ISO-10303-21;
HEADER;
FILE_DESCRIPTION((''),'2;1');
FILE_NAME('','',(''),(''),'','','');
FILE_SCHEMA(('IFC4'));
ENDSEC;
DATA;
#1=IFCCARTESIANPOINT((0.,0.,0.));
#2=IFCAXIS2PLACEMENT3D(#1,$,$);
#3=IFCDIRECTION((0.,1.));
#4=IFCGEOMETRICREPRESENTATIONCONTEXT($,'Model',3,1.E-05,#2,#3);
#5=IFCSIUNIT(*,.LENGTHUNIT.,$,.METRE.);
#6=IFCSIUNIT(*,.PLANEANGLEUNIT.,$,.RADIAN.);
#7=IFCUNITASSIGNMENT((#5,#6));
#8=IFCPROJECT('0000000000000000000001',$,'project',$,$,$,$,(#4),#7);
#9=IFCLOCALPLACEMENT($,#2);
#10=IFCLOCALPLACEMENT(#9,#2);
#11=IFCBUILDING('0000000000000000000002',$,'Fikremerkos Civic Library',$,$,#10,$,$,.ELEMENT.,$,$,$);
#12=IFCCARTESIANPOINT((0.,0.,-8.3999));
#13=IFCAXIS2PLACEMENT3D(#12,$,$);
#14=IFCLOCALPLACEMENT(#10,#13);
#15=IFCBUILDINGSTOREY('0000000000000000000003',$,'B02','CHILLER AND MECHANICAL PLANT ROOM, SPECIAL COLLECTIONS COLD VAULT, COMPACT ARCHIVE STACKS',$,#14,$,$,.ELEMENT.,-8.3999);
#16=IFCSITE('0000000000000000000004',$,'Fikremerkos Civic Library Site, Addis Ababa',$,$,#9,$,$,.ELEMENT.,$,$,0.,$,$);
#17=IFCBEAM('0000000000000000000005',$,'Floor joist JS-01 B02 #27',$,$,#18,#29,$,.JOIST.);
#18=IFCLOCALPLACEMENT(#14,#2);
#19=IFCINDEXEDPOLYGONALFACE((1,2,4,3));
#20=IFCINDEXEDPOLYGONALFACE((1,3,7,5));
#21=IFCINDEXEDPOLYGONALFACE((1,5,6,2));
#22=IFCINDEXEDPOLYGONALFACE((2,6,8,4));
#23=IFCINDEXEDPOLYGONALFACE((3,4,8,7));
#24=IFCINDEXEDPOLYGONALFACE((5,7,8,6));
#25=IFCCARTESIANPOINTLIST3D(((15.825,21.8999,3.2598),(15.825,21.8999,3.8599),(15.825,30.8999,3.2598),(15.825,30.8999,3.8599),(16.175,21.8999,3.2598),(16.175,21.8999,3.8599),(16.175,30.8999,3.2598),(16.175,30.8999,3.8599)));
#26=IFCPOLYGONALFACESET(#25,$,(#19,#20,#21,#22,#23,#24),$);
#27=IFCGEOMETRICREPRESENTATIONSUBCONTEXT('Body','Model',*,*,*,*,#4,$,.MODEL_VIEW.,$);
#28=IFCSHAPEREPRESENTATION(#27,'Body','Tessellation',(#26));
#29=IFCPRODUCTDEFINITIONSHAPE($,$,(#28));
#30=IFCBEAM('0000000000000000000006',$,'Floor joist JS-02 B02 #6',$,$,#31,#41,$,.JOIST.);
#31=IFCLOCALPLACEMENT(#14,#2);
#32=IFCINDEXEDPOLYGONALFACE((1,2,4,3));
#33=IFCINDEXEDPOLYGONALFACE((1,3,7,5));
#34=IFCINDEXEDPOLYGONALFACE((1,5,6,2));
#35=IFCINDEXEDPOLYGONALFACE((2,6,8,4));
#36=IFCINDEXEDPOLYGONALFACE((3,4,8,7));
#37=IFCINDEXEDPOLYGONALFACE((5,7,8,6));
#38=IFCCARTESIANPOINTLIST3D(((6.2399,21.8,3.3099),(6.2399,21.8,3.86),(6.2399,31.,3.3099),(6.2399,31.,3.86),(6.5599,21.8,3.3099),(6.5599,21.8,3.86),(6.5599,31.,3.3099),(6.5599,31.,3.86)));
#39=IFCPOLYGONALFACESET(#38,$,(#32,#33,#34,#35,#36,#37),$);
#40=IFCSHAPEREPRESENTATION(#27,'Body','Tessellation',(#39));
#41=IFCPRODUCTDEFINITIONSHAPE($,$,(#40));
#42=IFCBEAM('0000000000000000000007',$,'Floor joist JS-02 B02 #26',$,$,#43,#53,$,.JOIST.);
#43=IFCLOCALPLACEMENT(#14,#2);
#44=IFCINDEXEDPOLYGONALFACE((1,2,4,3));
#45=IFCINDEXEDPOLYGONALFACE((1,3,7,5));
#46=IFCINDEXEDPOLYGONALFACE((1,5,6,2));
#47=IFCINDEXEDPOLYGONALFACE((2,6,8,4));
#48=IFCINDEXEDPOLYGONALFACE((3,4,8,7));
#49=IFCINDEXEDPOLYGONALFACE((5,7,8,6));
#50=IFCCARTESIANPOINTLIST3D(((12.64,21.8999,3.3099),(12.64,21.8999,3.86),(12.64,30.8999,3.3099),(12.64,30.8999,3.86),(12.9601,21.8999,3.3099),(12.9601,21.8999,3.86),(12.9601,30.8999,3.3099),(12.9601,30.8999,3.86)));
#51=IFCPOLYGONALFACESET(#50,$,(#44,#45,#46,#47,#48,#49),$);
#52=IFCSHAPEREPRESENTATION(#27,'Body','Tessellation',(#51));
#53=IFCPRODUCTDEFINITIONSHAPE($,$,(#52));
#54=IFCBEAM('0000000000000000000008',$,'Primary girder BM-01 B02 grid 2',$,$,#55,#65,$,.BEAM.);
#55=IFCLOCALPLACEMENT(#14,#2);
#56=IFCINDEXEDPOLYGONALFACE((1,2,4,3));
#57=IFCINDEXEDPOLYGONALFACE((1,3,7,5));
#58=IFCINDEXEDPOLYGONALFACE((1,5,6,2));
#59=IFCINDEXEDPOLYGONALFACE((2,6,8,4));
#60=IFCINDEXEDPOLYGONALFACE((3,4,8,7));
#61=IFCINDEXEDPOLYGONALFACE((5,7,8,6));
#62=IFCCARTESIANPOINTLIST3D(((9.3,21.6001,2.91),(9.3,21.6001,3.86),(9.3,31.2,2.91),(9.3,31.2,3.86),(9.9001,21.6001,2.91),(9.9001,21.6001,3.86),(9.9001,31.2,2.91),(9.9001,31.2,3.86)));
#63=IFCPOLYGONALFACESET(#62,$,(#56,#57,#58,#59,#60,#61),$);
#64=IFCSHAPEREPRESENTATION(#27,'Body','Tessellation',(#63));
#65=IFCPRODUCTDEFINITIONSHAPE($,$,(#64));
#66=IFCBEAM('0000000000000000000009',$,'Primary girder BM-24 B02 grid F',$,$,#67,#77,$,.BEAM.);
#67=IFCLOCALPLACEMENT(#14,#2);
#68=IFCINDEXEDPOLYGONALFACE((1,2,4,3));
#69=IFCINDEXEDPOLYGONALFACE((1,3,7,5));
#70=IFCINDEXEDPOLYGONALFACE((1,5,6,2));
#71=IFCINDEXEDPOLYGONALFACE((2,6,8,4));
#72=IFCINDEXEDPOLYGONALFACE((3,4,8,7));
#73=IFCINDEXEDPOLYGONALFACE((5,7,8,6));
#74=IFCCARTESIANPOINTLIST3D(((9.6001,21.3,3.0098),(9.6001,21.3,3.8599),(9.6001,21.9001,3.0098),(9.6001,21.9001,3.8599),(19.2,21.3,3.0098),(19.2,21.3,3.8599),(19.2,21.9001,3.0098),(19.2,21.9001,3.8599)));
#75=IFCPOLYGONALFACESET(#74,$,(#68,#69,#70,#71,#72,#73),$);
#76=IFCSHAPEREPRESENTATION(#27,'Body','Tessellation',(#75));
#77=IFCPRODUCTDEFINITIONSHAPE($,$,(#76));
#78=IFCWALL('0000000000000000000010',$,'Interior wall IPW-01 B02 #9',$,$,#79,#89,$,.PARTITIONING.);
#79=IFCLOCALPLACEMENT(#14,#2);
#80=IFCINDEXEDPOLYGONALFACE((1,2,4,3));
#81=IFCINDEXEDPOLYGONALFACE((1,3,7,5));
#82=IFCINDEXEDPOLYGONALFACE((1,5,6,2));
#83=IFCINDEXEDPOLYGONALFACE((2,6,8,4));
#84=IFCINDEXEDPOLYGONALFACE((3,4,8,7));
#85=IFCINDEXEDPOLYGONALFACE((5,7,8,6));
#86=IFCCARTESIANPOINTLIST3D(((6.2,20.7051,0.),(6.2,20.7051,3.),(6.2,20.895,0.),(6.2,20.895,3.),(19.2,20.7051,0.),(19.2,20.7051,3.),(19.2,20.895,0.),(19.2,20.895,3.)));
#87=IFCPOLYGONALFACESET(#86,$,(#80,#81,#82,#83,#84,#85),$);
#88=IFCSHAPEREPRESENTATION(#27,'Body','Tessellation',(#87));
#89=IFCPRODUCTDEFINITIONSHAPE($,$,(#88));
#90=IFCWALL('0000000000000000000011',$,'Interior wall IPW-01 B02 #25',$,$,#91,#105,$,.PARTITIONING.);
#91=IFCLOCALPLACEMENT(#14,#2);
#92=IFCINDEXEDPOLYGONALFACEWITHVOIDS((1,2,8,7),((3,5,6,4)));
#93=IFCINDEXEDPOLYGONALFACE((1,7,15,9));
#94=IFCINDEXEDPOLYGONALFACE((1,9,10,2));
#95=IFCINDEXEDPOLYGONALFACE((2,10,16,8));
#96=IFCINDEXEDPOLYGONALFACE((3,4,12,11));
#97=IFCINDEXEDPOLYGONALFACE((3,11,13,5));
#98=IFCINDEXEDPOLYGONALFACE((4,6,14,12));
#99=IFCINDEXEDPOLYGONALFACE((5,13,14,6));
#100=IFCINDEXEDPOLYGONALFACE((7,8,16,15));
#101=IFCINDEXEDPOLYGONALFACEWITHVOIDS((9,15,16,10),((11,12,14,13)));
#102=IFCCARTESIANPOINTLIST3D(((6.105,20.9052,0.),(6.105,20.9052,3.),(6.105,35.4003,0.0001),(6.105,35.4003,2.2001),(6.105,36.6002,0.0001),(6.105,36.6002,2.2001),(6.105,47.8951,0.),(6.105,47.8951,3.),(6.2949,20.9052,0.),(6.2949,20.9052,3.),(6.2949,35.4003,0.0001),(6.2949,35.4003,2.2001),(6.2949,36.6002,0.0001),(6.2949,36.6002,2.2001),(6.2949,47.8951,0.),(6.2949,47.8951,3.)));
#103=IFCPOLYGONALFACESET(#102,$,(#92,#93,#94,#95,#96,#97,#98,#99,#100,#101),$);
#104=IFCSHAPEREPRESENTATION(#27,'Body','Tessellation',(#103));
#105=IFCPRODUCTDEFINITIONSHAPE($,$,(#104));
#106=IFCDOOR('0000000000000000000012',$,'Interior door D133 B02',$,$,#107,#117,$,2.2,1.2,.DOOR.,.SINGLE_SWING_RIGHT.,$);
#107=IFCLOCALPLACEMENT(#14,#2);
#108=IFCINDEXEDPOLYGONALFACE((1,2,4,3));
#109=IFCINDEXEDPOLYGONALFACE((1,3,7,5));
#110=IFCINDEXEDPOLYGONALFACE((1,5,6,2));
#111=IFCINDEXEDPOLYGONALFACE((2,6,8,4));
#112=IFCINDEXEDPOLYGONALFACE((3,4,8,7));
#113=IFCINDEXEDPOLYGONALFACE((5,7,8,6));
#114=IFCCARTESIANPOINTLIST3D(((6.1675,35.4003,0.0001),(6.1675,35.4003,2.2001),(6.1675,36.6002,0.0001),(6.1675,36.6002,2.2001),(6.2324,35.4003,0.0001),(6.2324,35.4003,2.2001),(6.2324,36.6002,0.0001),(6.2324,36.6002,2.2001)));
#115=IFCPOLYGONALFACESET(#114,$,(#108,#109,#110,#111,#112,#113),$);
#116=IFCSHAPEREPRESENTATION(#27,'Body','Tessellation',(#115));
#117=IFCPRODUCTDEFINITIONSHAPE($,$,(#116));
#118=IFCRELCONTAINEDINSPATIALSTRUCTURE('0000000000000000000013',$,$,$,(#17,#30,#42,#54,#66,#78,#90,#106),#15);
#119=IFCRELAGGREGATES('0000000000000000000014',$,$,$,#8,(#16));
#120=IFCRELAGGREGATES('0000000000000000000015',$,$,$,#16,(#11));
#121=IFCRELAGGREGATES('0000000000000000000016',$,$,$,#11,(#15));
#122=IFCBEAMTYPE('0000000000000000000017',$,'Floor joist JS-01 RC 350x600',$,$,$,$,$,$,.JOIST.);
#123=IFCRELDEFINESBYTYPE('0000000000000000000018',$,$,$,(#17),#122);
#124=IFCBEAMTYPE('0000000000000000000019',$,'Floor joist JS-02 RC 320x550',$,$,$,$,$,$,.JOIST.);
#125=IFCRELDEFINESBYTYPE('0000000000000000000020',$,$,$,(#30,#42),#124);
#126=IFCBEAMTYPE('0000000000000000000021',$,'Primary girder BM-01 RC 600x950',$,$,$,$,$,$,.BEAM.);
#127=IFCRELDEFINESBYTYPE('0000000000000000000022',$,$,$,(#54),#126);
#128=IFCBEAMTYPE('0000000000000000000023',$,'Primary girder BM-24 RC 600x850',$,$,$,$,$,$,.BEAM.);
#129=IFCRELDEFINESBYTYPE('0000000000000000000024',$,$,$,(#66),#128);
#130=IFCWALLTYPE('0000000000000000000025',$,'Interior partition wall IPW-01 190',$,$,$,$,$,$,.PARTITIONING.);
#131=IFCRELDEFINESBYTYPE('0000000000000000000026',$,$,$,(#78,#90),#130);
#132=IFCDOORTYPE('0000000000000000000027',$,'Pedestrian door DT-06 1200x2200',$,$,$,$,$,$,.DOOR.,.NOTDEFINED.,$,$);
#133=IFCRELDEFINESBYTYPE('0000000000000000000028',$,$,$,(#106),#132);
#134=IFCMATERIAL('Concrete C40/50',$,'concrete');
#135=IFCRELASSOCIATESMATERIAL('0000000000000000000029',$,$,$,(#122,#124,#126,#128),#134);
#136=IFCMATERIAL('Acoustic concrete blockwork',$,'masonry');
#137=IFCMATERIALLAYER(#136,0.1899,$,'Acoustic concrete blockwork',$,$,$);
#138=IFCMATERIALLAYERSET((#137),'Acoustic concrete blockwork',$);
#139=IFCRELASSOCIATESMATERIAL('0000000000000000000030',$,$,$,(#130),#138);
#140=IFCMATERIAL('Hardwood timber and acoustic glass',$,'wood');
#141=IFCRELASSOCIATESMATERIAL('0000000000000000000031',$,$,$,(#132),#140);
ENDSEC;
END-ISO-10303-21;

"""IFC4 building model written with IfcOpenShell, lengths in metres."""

from ifc_helpers import new_model, si_unit, direction, frame, frame_2d, origin, origin_2d, place, context, subcontext, project, spatial, rectangle, extrude, material, layer, layer_set, material_profile, profile_set, type_object, element, fill, save


model = new_model("IFC4")

# Units and contexts
model_context = context("Model", 3, precision=1e-05, world=origin(), true_north=direction((0.0, 1.0)))
body_context = subcontext(model_context, "Body", "Model", "MODEL_VIEW")
ifc_project = project(units=[si_unit("LENGTHUNIT", "METRE"), si_unit("PLANEANGLEUNIT", "RADIAN")], contexts=[model_context])

# Site, building, storey
site_placement = place(None, origin())
site = spatial("IfcSite", under=ifc_project, at=site_placement, Name="Fikremerkos Civic Library Site, Addis Ababa", CompositionType="ELEMENT", RefElevation=0.0)
building_placement = place(site_placement, origin())
building = spatial("IfcBuilding", under=site, at=building_placement, Name="Fikremerkos Civic Library", CompositionType="ELEMENT")
storey_placement = place(building_placement, frame((0.0, 0.0, -8.3999)))
storey = spatial("IfcBuildingStorey", under=building, at=storey_placement, Name="B02", Description="CHILLER AND MECHANICAL PLANT ROOM, SPECIAL COLLECTIONS COLD VAULT, COMPACT ARCHIVE STACKS", CompositionType="ELEMENT", Elevation=-8.3999)

# Shared definitions
ifc_material_1 = material(Name="Concrete C40/50", Category="concrete")

# Beams
ifc_material_profile_1 = material_profile(ifc_material_1, rectangle(XDim=0.3501, YDim=0.6001, at=origin_2d()), Name="RC 350x600")
ifc_profile_set_1 = profile_set([ifc_material_profile_1], Name="Concrete C40/50")
beam_type_1 = type_object("IfcBeamType", Name="Floor joist JS-01 RC 350x600", PredefinedType="JOIST", material=ifc_profile_set_1)
beam_1_placement = place(storey_placement, frame((16.0, 21.8999, 3.5598), z_axis=(0.0, 1.0, 0.0), x_axis=(-1.0, 0.0, 0.0)))
element("IfcBeam", 1, at=beam_1_placement, inside=storey, type_object=beam_type_1, Name="Floor joist JS-01 B02 #27", PredefinedType="JOIST", context=body_context, shape_type="SweptSolid", body=[
    extrude(rectangle(XDim=0.3501, YDim=0.6001, at=origin_2d()), origin(), (0.0, 0.0, 1.0), 9.0),
])
ifc_material_profile_2 = material_profile(ifc_material_1, rectangle(XDim=0.3201, YDim=0.55, at=origin_2d()), Name="RC 320x550")
ifc_profile_set_2 = profile_set([ifc_material_profile_2], Name="Concrete C40/50")
beam_type_2 = type_object("IfcBeamType", Name="Floor joist JS-02 RC 320x550", PredefinedType="JOIST", material=ifc_profile_set_2)
beam_2_placement = place(storey_placement, frame((6.3999, 21.8, 3.585), z_axis=(0.0, 1.0, 0.0), x_axis=(-1.0, 0.0, 0.0)))
element("IfcBeam", 2, at=beam_2_placement, inside=storey, type_object=beam_type_2, Name="Floor joist JS-02 B02 #6", PredefinedType="JOIST", context=body_context, shape_type="SweptSolid", body=[
    extrude(rectangle(XDim=0.3201, YDim=0.55, at=origin_2d()), origin(), (0.0, 0.0, 1.0), 9.2),
])
beam_3_placement = place(storey_placement, frame((12.8, 21.8999, 3.585), z_axis=(0.0, 1.0, 0.0), x_axis=(-1.0, 0.0, 0.0)))
element("IfcBeam", 3, at=beam_3_placement, inside=storey, type_object=beam_type_2, Name="Floor joist JS-02 B02 #26", PredefinedType="JOIST", context=body_context, shape_type="SweptSolid", body=[
    extrude(rectangle(XDim=0.3201, YDim=0.55, at=origin_2d()), origin(), (0.0, 0.0, 1.0), 9.0),
])
ifc_material_profile_3 = material_profile(ifc_material_1, rectangle(XDim=0.6001, YDim=0.95, at=origin_2d()), Name="RC 600x950")
ifc_profile_set_3 = profile_set([ifc_material_profile_3], Name="Concrete C40/50")
beam_type_3 = type_object("IfcBeamType", Name="Primary girder BM-01 RC 600x950", PredefinedType="BEAM", material=ifc_profile_set_3)
beam_4_placement = place(storey_placement, frame((9.6001, 21.6001, 3.385), z_axis=(0.0, 1.0, 0.0), x_axis=(-1.0, 0.0, 0.0)))
element("IfcBeam", 4, at=beam_4_placement, inside=storey, type_object=beam_type_3, Name="Primary girder BM-01 B02 grid 2", PredefinedType="BEAM", context=body_context, shape_type="SweptSolid", body=[
    extrude(rectangle(XDim=0.6001, YDim=0.95, at=origin_2d()), origin(), (0.0, 0.0, 1.0), 9.5999),
])
ifc_material_profile_4 = material_profile(ifc_material_1, rectangle(XDim=0.6001, YDim=0.8501, at=origin_2d()), Name="RC 600x850")
ifc_profile_set_4 = profile_set([ifc_material_profile_4], Name="Concrete C40/50")
beam_type_4 = type_object("IfcBeamType", Name="Primary girder BM-24 RC 600x850", PredefinedType="BEAM", material=ifc_profile_set_4)
beam_5_placement = place(storey_placement, frame((9.6001, 21.6001, 3.4348), z_axis=(1.0, 0.0, 0.0), x_axis=(0.0, 1.0, 0.0)))
element("IfcBeam", 5, at=beam_5_placement, inside=storey, type_object=beam_type_4, Name="Primary girder BM-24 B02 grid F", PredefinedType="BEAM", context=body_context, shape_type="SweptSolid", body=[
    extrude(rectangle(XDim=0.6001, YDim=0.8501, at=origin_2d()), origin(), (0.0, 0.0, 1.0), 9.5999),
])

# Wall
ifc_material_2 = material(Name="Acoustic concrete blockwork", Category="masonry")
ifc_layer = layer(ifc_material_2, 0.1899, Name="Acoustic concrete blockwork")
ifc_layer_set = layer_set([ifc_layer], Name="Acoustic concrete blockwork")
wall_type = type_object("IfcWallType", Name="Interior partition wall IPW-01 190", PredefinedType="PARTITIONING", material=ifc_layer_set)
wall_1_placement = place(storey_placement, frame((6.2, 20.8, 0.0), z_axis=(0.0, 0.0, 1.0), x_axis=(1.0, 0.0, 0.0)))
element("IfcWall", 6, at=wall_1_placement, inside=storey, type_object=wall_type, Name="Interior wall IPW-01 B02 #9", PredefinedType="PARTITIONING", context=body_context, shape_type="SweptSolid", body=[
    extrude(rectangle(XDim=13.0, YDim=0.1899, at=frame_2d((6.5, 0.0))), origin(), (0.0, 0.0, 1.0), 3.0),
])

# Wall, opening, door
wall_2_placement = place(storey_placement, frame((6.2, 20.905, 0.0), z_axis=(0.0, 0.0, 1.0), x_axis=(0.0, 1.0, 0.0)))
wall_2 = element("IfcWall", 7, at=wall_2_placement, inside=storey, type_object=wall_type, Name="Interior wall IPW-01 B02 #25", PredefinedType="PARTITIONING", context=body_context, shape_type="SweptSolid", body=[
    extrude(rectangle(XDim=26.99, YDim=0.1899, at=frame_2d((13.4951, 0.0))), origin(), (0.0, 0.0, 1.0), 3.0),
])
opening_placement = place(wall_2_placement, frame((14.4951, 0.0, 0.0)))
opening = element("IfcOpeningElement", 8, at=opening_placement, cuts=wall_2, PredefinedType="OPENING", context=body_context, shape_type="SweptSolid", body=[
    extrude(rectangle(XDim=1.2, YDim=2.2, at=frame_2d((0.6001, 1.1001))), frame((0.0, 0.105, 0.0), z_axis=(0.0, -1.0, 0.0), x_axis=(1.0, 0.0, 0.0)), (0.0, 0.0, 1.0), 0.21),
])
ifc_material_3 = material(Name="Hardwood timber and acoustic glass", Category="wood")
door_type = type_object("IfcDoorType", Name="Pedestrian door DT-06 1200x2200", OperationType="NOTDEFINED", PredefinedType="DOOR", material=ifc_material_3)
door_placement = place(opening_placement, origin())
door = element("IfcDoor", 9, at=door_placement, inside=storey, type_object=door_type, Name="Interior door D133 B02", OperationType="SINGLE_SWING_RIGHT", OverallHeight=2.2, OverallWidth=1.2, PredefinedType="DOOR", context=body_context, shape_type="SweptSolid", body=[
    extrude(rectangle(XDim=1.2, YDim=2.2, at=frame_2d((0.6001, 1.1001))), frame((0.0, 0.0325, 0.0), z_axis=(0.0, -1.0, 0.0), x_axis=(1.0, 0.0, 0.0)), (0.0, 0.0, 1.0), 0.0649),
])
fill(opening, door)

save(model, "model.ifc")
